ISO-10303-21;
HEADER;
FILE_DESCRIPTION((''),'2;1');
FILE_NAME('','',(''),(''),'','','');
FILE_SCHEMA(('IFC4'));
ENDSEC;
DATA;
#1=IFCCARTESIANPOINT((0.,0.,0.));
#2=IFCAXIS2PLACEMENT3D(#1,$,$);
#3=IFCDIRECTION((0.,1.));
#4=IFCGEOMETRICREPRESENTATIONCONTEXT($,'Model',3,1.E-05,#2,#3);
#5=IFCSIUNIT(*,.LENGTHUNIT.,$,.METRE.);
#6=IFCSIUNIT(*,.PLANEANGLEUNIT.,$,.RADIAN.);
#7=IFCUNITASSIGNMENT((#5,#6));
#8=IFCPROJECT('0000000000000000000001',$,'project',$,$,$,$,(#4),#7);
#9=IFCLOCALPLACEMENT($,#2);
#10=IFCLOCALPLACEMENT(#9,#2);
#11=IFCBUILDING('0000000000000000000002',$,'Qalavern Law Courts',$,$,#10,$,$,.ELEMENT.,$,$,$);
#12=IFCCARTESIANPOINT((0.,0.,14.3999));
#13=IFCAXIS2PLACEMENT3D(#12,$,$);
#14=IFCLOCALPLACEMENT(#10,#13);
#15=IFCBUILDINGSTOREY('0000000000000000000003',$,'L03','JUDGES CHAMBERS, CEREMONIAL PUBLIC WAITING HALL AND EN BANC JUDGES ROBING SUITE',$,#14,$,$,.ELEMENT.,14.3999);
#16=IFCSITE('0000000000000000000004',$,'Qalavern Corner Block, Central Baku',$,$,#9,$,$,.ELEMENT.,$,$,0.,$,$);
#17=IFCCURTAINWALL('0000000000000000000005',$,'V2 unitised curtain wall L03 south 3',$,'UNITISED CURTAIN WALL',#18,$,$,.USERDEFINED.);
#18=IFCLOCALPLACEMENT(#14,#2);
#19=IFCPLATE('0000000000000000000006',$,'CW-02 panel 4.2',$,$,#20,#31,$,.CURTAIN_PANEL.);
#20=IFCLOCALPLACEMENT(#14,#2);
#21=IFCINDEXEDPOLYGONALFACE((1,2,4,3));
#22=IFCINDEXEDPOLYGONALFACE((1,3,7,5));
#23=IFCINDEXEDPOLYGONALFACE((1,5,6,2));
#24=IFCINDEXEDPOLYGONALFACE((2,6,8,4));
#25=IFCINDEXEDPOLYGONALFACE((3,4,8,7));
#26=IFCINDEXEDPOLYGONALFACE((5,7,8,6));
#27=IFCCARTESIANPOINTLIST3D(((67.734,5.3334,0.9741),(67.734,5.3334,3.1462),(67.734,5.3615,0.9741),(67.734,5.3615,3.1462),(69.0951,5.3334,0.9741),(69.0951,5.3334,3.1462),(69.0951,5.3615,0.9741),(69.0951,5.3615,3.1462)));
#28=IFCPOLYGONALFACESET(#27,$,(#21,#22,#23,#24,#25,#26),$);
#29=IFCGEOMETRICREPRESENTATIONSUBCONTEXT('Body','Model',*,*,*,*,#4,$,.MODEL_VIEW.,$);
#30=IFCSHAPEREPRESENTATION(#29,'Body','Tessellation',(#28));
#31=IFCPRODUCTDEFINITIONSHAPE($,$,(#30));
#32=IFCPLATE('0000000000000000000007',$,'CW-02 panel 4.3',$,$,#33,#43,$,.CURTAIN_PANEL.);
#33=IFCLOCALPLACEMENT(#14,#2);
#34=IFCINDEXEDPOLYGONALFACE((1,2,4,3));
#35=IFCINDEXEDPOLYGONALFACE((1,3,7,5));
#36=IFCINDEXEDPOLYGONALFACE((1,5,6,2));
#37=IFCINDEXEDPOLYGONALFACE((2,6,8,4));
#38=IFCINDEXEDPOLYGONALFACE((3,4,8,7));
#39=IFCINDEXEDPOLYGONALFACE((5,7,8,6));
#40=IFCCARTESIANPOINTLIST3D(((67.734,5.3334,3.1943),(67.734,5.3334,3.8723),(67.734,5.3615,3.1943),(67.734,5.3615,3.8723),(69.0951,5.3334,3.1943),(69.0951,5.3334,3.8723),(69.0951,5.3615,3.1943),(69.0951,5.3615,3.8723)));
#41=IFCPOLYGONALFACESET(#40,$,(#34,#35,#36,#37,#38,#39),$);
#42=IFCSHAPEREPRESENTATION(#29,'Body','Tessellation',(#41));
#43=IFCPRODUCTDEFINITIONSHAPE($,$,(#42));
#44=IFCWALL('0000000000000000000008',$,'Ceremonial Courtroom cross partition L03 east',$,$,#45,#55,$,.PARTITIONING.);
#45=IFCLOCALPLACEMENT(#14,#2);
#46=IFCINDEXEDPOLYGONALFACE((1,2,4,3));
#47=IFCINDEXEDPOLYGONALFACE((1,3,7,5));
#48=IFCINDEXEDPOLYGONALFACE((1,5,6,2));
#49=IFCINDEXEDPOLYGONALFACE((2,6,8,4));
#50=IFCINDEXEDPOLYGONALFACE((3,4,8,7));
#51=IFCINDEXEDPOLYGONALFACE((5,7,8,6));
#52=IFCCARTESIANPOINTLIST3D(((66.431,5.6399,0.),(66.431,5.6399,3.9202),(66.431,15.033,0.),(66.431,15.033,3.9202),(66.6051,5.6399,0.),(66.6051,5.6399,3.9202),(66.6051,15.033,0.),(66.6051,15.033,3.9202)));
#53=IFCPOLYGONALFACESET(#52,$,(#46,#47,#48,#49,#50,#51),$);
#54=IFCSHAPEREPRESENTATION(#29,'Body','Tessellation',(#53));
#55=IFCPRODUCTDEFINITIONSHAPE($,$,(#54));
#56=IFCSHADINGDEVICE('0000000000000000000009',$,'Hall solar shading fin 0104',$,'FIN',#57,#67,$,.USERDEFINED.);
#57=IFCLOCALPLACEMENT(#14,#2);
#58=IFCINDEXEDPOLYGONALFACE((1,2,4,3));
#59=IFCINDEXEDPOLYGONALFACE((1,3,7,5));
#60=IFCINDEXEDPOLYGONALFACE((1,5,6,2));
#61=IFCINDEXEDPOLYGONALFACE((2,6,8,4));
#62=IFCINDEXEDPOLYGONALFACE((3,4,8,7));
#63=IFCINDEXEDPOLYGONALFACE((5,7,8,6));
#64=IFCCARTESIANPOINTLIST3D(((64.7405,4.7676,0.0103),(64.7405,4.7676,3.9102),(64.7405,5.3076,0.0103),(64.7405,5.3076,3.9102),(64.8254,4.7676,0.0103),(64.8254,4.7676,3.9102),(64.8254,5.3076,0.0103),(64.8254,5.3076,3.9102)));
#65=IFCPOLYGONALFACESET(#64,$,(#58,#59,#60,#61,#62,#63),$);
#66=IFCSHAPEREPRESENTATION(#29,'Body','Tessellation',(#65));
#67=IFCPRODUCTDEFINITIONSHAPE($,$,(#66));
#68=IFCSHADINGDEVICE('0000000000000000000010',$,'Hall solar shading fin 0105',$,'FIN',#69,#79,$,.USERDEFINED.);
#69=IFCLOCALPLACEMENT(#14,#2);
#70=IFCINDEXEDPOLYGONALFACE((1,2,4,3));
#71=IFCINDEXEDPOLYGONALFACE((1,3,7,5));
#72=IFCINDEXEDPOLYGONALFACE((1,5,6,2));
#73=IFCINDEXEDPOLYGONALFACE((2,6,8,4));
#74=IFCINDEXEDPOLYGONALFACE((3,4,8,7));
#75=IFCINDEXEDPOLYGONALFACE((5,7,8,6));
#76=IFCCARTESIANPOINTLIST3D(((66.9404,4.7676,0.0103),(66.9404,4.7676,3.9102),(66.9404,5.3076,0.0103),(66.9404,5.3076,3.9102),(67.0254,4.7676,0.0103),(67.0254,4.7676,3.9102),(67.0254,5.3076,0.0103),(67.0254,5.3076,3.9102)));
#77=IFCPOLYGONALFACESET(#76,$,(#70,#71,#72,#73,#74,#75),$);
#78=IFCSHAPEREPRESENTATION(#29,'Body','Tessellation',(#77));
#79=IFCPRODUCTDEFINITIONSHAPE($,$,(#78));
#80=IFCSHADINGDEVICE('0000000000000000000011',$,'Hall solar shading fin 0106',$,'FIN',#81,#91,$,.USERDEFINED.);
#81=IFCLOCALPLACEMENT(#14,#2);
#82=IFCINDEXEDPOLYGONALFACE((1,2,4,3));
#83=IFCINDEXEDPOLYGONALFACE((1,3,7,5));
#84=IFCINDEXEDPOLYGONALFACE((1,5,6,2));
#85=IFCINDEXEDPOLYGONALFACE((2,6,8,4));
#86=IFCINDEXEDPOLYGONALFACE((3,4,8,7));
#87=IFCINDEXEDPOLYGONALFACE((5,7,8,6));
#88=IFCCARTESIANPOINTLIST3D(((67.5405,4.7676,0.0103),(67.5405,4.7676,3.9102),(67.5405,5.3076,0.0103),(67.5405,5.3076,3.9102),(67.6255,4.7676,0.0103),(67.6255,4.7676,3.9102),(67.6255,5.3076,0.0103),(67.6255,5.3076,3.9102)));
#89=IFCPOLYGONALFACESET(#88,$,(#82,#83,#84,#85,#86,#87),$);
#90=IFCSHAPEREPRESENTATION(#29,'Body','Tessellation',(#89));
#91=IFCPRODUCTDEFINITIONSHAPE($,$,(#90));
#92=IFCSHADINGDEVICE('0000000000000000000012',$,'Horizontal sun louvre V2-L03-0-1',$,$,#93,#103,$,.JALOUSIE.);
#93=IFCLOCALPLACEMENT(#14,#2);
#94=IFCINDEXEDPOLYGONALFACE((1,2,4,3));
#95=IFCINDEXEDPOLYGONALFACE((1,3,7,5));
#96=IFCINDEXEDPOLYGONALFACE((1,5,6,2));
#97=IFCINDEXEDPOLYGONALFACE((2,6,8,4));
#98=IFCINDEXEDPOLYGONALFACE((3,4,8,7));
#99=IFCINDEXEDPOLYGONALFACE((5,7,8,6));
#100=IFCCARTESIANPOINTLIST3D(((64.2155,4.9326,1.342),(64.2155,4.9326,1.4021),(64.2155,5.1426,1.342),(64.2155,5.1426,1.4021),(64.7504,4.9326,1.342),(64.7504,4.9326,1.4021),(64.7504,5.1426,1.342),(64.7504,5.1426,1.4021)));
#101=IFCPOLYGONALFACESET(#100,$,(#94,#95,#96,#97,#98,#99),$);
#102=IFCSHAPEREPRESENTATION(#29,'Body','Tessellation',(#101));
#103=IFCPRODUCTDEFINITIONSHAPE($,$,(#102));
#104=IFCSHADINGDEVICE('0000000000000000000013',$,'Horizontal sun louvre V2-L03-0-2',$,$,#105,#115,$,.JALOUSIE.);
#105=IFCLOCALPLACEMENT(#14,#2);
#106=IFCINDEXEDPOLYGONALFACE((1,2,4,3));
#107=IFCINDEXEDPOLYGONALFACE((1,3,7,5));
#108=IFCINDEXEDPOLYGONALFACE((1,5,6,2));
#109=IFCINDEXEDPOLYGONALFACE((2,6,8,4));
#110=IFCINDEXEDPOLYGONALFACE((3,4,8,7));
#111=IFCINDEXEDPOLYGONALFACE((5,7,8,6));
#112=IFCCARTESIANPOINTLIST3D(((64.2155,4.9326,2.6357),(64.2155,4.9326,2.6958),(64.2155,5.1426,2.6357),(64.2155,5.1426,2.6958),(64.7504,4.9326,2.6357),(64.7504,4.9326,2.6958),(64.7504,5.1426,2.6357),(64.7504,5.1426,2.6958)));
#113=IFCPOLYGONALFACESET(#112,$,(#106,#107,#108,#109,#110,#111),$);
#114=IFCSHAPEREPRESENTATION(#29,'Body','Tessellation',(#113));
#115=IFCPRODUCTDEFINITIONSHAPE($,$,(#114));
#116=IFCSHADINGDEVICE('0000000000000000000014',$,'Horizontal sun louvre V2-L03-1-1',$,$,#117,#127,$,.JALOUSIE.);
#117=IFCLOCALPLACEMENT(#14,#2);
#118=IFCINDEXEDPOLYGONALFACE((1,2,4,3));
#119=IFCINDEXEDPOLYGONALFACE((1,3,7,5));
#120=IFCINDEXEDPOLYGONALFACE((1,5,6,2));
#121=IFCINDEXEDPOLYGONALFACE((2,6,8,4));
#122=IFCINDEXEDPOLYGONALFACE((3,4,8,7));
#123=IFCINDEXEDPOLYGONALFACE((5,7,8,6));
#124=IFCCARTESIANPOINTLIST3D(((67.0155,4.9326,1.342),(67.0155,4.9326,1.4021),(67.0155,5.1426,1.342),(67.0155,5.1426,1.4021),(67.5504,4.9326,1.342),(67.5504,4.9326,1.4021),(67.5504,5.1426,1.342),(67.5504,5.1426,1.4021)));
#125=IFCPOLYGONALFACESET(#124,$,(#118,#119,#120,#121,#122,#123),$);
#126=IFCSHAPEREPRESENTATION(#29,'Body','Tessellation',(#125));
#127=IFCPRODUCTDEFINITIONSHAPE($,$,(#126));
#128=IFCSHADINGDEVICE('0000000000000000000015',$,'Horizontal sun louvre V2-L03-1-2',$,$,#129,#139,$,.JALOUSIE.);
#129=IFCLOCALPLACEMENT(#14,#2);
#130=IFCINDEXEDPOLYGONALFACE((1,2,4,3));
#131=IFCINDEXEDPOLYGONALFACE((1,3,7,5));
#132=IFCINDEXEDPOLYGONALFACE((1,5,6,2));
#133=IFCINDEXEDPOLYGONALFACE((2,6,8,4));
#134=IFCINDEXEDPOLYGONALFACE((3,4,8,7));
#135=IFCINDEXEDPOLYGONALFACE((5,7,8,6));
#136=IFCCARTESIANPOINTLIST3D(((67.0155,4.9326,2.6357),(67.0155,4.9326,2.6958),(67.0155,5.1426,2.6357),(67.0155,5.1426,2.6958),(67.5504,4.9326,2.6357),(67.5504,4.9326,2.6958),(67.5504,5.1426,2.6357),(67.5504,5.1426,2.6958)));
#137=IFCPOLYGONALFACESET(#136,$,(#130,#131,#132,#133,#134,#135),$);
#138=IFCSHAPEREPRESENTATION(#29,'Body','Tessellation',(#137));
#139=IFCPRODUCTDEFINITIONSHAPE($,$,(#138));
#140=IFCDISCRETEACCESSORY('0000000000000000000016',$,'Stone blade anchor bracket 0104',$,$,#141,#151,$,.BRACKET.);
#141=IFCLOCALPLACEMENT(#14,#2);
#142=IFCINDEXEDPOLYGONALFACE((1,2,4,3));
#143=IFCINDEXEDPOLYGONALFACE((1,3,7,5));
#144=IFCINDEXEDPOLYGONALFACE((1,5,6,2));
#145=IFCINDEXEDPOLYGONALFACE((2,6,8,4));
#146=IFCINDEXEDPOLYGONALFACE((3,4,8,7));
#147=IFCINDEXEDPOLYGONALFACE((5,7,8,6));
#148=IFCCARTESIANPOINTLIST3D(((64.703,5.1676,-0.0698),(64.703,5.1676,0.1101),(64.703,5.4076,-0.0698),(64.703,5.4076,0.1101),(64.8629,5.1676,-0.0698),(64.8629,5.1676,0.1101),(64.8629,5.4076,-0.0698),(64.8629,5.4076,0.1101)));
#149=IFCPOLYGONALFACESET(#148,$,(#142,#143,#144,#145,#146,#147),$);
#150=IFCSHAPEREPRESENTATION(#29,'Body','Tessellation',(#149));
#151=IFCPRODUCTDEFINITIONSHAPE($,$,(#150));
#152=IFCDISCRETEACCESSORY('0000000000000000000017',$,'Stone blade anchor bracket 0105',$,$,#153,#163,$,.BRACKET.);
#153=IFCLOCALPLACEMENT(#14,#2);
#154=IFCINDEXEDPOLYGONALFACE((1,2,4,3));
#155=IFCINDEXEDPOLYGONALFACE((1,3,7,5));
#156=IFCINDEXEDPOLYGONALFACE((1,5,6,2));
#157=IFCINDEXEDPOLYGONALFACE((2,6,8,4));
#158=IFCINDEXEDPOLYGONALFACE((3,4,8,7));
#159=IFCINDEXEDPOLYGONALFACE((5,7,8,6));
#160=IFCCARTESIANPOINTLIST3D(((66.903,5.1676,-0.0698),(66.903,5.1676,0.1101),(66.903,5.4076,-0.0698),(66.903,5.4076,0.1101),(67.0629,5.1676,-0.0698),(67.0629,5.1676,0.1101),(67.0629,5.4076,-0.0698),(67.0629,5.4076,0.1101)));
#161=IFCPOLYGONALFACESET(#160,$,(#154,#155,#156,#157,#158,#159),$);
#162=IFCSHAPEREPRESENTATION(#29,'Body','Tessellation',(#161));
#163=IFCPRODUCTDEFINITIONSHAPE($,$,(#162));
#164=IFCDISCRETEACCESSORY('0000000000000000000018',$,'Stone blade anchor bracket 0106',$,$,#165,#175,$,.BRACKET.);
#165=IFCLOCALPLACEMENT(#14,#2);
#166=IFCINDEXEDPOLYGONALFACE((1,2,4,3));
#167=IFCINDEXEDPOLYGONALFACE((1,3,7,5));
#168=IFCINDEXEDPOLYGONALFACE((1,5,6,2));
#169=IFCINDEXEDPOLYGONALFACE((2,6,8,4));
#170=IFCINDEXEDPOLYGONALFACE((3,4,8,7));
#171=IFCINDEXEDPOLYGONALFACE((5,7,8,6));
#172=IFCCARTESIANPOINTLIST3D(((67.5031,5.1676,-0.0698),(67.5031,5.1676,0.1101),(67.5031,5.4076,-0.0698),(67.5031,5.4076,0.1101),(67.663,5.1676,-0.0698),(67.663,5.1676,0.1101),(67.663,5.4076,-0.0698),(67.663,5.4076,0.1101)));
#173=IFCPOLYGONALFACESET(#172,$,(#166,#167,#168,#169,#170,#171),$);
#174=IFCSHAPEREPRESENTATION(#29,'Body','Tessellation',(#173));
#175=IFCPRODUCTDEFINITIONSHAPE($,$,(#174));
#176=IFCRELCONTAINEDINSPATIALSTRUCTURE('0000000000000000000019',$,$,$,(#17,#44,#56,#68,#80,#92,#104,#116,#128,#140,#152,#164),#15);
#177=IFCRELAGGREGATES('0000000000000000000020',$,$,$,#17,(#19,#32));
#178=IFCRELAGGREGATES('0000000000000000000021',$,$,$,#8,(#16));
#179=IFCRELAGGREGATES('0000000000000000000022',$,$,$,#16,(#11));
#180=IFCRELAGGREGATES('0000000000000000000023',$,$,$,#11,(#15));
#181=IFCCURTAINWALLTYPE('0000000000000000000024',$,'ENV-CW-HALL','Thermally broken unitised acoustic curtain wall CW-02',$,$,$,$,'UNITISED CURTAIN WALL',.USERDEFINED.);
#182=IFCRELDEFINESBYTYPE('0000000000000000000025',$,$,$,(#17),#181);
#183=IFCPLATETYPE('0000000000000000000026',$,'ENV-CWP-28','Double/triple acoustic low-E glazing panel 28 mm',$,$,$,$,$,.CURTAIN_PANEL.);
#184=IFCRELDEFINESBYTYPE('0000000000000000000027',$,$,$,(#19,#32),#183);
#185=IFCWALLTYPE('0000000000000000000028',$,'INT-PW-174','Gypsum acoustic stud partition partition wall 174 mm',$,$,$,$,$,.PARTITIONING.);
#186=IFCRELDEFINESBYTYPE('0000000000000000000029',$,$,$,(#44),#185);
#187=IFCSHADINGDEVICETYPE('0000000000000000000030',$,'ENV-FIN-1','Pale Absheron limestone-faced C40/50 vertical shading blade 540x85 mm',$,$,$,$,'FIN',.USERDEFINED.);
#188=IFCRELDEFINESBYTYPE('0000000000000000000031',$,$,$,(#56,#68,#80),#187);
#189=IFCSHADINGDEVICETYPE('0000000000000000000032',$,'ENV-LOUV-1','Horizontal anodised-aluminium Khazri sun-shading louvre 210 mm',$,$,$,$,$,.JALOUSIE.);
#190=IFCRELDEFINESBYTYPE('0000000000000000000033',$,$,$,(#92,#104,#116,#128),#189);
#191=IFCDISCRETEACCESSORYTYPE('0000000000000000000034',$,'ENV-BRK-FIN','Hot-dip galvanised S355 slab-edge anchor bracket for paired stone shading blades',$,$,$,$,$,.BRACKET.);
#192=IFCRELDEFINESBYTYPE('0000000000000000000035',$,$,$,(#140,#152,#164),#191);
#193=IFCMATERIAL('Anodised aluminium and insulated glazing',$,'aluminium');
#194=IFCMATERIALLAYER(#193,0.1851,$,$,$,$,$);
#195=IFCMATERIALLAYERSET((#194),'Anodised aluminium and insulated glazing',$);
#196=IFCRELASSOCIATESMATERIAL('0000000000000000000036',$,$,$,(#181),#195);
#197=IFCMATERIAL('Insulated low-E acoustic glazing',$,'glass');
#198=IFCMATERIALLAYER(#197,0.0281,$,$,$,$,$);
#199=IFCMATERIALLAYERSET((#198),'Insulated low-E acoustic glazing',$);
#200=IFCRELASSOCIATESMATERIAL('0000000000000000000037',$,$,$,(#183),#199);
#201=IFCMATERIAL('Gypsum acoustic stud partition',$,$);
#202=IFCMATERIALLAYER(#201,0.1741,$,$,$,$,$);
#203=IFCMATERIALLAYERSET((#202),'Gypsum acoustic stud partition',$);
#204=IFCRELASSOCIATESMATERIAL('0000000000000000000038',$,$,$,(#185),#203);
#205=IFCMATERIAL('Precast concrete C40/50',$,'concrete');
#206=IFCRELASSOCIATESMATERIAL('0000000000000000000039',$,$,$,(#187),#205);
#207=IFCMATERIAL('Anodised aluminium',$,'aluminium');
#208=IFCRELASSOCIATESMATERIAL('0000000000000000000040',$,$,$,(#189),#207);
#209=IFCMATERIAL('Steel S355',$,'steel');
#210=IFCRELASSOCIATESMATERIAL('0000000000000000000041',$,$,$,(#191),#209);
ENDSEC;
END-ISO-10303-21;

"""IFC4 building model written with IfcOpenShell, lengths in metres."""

from ifc_helpers import new_model, si_unit, direction, frame, frame_2d, origin, origin_2d, place, context, subcontext, project, spatial, rectangle, extrude, material, layer, layer_set, type_object, element, aggregate, save


model = new_model("IFC4")

# Units and contexts
model_context = context("Model", 3, precision=1e-05, world=origin(), true_north=direction((0.0, 1.0)))
body_context = subcontext(model_context, "Body", "Model", "MODEL_VIEW")
ifc_project = project(units=[si_unit("LENGTHUNIT", "METRE"), si_unit("PLANEANGLEUNIT", "RADIAN")], contexts=[model_context])

# Site, building, storey
site_placement = place(None, origin())
site = spatial("IfcSite", under=ifc_project, at=site_placement, Name="Qalavern Corner Block, Central Baku", CompositionType="ELEMENT", RefElevation=0.0)
building_placement = place(site_placement, origin())
building = spatial("IfcBuilding", under=site, at=building_placement, Name="Qalavern Law Courts", CompositionType="ELEMENT")
storey_placement = place(building_placement, frame((0.0, 0.0, 14.3999)))
storey = spatial("IfcBuildingStorey", under=building, at=storey_placement, Name="L03", Description="JUDGES CHAMBERS, CEREMONIAL PUBLIC WAITING HALL AND EN BANC JUDGES ROBING SUITE", CompositionType="ELEMENT", Elevation=14.3999)

# Curtain wall, plates
ifc_material_1 = material(Name="Anodised aluminium and insulated glazing", Category="aluminium")
ifc_layer_1 = layer(ifc_material_1, 0.1851)
ifc_layer_set_1 = layer_set([ifc_layer_1], Name="Anodised aluminium and insulated glazing")
curtain_wall_type = type_object("IfcCurtainWallType", Name="ENV-CW-HALL", Description="Thermally broken unitised acoustic curtain wall CW-02", ElementType="UNITISED CURTAIN WALL", PredefinedType="USERDEFINED", material=ifc_layer_set_1)
curtain_wall_placement = place(storey_placement, origin())
curtain_wall = element("IfcCurtainWall", 1, at=curtain_wall_placement, inside=storey, type_object=curtain_wall_type, Name="V2 unitised curtain wall L03 south 3", ObjectType="UNITISED CURTAIN WALL", PredefinedType="USERDEFINED")
ifc_material_2 = material(Name="Anodised aluminium", Category="aluminium")
ifc_material_3 = material(Name="Insulated low-E acoustic glazing", Category="glass")
ifc_layer_2 = layer(ifc_material_3, 0.0281)
ifc_layer_set_2 = layer_set([ifc_layer_2], Name="Insulated low-E acoustic glazing")
plate_type = type_object("IfcPlateType", Name="ENV-CWP-28", Description="Double/triple acoustic low-E glazing panel 28 mm", PredefinedType="CURTAIN_PANEL", material=ifc_layer_set_2)
plate_1_placement = place(storey_placement, frame((68.4146, 5.3474, 0.9741), z_axis=(0.0, 0.0, 1.0), x_axis=(1.0, 0.0, 0.0)))
plate_1 = element("IfcPlate", 2, at=plate_1_placement, type_object=plate_type, Name="CW-02 panel 4.2", PredefinedType="CURTAIN_PANEL", context=body_context, shape_type="SweptSolid", body=[
    extrude(rectangle(XDim=1.3611, YDim=0.0281, at=origin_2d()), origin(), (0.0, 0.0, 1.0), 2.1721),
])
plate_2_placement = place(storey_placement, frame((68.4146, 5.3474, 3.1943), z_axis=(0.0, 0.0, 1.0), x_axis=(1.0, 0.0, 0.0)))
plate_2 = element("IfcPlate", 3, at=plate_2_placement, type_object=plate_type, Name="CW-02 panel 4.3", PredefinedType="CURTAIN_PANEL", context=body_context, shape_type="SweptSolid", body=[
    extrude(rectangle(XDim=1.3611, YDim=0.0281, at=origin_2d()), origin(), (0.0, 0.0, 1.0), 0.678),
])
aggregate(curtain_wall, [plate_1, plate_2])

# Wall
ifc_material_4 = material(Name="Gypsum acoustic stud partition")
ifc_layer_3 = layer(ifc_material_4, 0.1741)
ifc_layer_set_3 = layer_set([ifc_layer_3], Name="Gypsum acoustic stud partition")
wall_type = type_object("IfcWallType", Name="INT-PW-174", Description="Gypsum acoustic stud partition partition wall 174 mm", PredefinedType="PARTITIONING", material=ifc_layer_set_3)
wall_placement = place(storey_placement, frame((66.5181, 5.6399, 0.0), z_axis=(0.0, 0.0, 1.0), x_axis=(0.0, 1.0, 0.0)))
element("IfcWall", 4, at=wall_placement, inside=storey, type_object=wall_type, Name="Ceremonial Courtroom cross partition L03 east", PredefinedType="PARTITIONING", context=body_context, shape_type="SweptSolid", body=[
    extrude(rectangle(XDim=9.3931, YDim=0.1741, at=frame_2d((4.6965, 0.0))), origin(), (0.0, 0.0, 1.0), 3.9202),
])

# Shading devices
ifc_material_5 = material(Name="Precast concrete C40/50", Category="concrete")
shading_device_type_1 = type_object("IfcShadingDeviceType", Name="ENV-FIN-1", Description="Pale Absheron limestone-faced C40/50 vertical shading blade 540x85 mm", ElementType="FIN", PredefinedType="USERDEFINED", material=ifc_material_5)
for number, where, z_axis, x_axis, name in (
    (5, (64.783, 5.0376, 0.0103), (0.0, 0.0, 1.0), (0.0, -1.0, 0.0), "Hall solar shading fin 0104"),
    (6, (66.9829, 5.0376, 0.0103), (0.0, 0.0, 1.0), (0.0, -1.0, 0.0), "Hall solar shading fin 0105"),
    (7, (67.583, 5.0376, 0.0103), (0.0, 0.0, 1.0), (0.0, -1.0, 0.0), "Hall solar shading fin 0106"),
):
    element("IfcShadingDevice", number, at=place(storey_placement, frame(where, z_axis=z_axis, x_axis=x_axis)), inside=storey, type_object=shading_device_type_1, Name=name, ObjectType="FIN", PredefinedType="USERDEFINED", context=body_context, shape_type="SweptSolid", body=[
        extrude(rectangle(XDim=0.54, YDim=0.085, at=origin_2d()), origin(), (0.0, 0.0, 1.0), 3.8999),
    ])
shading_device_type_2 = type_object("IfcShadingDeviceType", Name="ENV-LOUV-1", Description="Horizontal anodised-aluminium Khazri sun-shading louvre 210 mm", PredefinedType="JALOUSIE", material=ifc_material_2)
for number, where, z_axis, x_axis, name in (
    (8, (64.4829, 5.0376, 1.342), (0.0, 0.0, 1.0), (1.0, 0.0, 0.0), "Horizontal sun louvre V2-L03-0-1"),
    (9, (64.4829, 5.0376, 2.6357), (0.0, 0.0, 1.0), (1.0, 0.0, 0.0), "Horizontal sun louvre V2-L03-0-2"),
    (10, (67.283, 5.0376, 1.342), (0.0, 0.0, 1.0), (1.0, 0.0, 0.0), "Horizontal sun louvre V2-L03-1-1"),
    (11, (67.283, 5.0376, 2.6357), (0.0, 0.0, 1.0), (1.0, 0.0, 0.0), "Horizontal sun louvre V2-L03-1-2"),
):
    element("IfcShadingDevice", number, at=place(storey_placement, frame(where, z_axis=z_axis, x_axis=x_axis)), inside=storey, type_object=shading_device_type_2, Name=name, PredefinedType="JALOUSIE", context=body_context, shape_type="SweptSolid", body=[
        extrude(rectangle(XDim=0.5349, YDim=0.21, at=origin_2d()), origin(), (0.0, 0.0, 1.0), 0.0601),
    ])

# Discrete accessories
ifc_material_6 = material(Name="Steel S355", Category="steel")
discrete_accessory_type = type_object("IfcDiscreteAccessoryType", Name="ENV-BRK-FIN", Description="Hot-dip galvanised S355 slab-edge anchor bracket for paired stone shading blades", PredefinedType="BRACKET", material=ifc_material_6)
for number, where, z_axis, x_axis, name in (
    (12, (64.783, 5.2876, -0.0698), (0.0, 0.0, 1.0), (0.0, -1.0, 0.0), "Stone blade anchor bracket 0104"),
    (13, (66.9829, 5.2876, -0.0698), (0.0, 0.0, 1.0), (0.0, -1.0, 0.0), "Stone blade anchor bracket 0105"),
    (14, (67.583, 5.2876, -0.0698), (0.0, 0.0, 1.0), (0.0, -1.0, 0.0), "Stone blade anchor bracket 0106"),
):
    element("IfcDiscreteAccessory", number, at=place(storey_placement, frame(where, z_axis=z_axis, x_axis=x_axis)), inside=storey, type_object=discrete_accessory_type, Name=name, PredefinedType="BRACKET", context=body_context, shape_type="SweptSolid", body=[
        extrude(rectangle(XDim=0.24, YDim=0.1599, at=origin_2d()), origin(), (0.0, 0.0, 1.0), 0.1799),
    ])

save(model, "model.ifc")
